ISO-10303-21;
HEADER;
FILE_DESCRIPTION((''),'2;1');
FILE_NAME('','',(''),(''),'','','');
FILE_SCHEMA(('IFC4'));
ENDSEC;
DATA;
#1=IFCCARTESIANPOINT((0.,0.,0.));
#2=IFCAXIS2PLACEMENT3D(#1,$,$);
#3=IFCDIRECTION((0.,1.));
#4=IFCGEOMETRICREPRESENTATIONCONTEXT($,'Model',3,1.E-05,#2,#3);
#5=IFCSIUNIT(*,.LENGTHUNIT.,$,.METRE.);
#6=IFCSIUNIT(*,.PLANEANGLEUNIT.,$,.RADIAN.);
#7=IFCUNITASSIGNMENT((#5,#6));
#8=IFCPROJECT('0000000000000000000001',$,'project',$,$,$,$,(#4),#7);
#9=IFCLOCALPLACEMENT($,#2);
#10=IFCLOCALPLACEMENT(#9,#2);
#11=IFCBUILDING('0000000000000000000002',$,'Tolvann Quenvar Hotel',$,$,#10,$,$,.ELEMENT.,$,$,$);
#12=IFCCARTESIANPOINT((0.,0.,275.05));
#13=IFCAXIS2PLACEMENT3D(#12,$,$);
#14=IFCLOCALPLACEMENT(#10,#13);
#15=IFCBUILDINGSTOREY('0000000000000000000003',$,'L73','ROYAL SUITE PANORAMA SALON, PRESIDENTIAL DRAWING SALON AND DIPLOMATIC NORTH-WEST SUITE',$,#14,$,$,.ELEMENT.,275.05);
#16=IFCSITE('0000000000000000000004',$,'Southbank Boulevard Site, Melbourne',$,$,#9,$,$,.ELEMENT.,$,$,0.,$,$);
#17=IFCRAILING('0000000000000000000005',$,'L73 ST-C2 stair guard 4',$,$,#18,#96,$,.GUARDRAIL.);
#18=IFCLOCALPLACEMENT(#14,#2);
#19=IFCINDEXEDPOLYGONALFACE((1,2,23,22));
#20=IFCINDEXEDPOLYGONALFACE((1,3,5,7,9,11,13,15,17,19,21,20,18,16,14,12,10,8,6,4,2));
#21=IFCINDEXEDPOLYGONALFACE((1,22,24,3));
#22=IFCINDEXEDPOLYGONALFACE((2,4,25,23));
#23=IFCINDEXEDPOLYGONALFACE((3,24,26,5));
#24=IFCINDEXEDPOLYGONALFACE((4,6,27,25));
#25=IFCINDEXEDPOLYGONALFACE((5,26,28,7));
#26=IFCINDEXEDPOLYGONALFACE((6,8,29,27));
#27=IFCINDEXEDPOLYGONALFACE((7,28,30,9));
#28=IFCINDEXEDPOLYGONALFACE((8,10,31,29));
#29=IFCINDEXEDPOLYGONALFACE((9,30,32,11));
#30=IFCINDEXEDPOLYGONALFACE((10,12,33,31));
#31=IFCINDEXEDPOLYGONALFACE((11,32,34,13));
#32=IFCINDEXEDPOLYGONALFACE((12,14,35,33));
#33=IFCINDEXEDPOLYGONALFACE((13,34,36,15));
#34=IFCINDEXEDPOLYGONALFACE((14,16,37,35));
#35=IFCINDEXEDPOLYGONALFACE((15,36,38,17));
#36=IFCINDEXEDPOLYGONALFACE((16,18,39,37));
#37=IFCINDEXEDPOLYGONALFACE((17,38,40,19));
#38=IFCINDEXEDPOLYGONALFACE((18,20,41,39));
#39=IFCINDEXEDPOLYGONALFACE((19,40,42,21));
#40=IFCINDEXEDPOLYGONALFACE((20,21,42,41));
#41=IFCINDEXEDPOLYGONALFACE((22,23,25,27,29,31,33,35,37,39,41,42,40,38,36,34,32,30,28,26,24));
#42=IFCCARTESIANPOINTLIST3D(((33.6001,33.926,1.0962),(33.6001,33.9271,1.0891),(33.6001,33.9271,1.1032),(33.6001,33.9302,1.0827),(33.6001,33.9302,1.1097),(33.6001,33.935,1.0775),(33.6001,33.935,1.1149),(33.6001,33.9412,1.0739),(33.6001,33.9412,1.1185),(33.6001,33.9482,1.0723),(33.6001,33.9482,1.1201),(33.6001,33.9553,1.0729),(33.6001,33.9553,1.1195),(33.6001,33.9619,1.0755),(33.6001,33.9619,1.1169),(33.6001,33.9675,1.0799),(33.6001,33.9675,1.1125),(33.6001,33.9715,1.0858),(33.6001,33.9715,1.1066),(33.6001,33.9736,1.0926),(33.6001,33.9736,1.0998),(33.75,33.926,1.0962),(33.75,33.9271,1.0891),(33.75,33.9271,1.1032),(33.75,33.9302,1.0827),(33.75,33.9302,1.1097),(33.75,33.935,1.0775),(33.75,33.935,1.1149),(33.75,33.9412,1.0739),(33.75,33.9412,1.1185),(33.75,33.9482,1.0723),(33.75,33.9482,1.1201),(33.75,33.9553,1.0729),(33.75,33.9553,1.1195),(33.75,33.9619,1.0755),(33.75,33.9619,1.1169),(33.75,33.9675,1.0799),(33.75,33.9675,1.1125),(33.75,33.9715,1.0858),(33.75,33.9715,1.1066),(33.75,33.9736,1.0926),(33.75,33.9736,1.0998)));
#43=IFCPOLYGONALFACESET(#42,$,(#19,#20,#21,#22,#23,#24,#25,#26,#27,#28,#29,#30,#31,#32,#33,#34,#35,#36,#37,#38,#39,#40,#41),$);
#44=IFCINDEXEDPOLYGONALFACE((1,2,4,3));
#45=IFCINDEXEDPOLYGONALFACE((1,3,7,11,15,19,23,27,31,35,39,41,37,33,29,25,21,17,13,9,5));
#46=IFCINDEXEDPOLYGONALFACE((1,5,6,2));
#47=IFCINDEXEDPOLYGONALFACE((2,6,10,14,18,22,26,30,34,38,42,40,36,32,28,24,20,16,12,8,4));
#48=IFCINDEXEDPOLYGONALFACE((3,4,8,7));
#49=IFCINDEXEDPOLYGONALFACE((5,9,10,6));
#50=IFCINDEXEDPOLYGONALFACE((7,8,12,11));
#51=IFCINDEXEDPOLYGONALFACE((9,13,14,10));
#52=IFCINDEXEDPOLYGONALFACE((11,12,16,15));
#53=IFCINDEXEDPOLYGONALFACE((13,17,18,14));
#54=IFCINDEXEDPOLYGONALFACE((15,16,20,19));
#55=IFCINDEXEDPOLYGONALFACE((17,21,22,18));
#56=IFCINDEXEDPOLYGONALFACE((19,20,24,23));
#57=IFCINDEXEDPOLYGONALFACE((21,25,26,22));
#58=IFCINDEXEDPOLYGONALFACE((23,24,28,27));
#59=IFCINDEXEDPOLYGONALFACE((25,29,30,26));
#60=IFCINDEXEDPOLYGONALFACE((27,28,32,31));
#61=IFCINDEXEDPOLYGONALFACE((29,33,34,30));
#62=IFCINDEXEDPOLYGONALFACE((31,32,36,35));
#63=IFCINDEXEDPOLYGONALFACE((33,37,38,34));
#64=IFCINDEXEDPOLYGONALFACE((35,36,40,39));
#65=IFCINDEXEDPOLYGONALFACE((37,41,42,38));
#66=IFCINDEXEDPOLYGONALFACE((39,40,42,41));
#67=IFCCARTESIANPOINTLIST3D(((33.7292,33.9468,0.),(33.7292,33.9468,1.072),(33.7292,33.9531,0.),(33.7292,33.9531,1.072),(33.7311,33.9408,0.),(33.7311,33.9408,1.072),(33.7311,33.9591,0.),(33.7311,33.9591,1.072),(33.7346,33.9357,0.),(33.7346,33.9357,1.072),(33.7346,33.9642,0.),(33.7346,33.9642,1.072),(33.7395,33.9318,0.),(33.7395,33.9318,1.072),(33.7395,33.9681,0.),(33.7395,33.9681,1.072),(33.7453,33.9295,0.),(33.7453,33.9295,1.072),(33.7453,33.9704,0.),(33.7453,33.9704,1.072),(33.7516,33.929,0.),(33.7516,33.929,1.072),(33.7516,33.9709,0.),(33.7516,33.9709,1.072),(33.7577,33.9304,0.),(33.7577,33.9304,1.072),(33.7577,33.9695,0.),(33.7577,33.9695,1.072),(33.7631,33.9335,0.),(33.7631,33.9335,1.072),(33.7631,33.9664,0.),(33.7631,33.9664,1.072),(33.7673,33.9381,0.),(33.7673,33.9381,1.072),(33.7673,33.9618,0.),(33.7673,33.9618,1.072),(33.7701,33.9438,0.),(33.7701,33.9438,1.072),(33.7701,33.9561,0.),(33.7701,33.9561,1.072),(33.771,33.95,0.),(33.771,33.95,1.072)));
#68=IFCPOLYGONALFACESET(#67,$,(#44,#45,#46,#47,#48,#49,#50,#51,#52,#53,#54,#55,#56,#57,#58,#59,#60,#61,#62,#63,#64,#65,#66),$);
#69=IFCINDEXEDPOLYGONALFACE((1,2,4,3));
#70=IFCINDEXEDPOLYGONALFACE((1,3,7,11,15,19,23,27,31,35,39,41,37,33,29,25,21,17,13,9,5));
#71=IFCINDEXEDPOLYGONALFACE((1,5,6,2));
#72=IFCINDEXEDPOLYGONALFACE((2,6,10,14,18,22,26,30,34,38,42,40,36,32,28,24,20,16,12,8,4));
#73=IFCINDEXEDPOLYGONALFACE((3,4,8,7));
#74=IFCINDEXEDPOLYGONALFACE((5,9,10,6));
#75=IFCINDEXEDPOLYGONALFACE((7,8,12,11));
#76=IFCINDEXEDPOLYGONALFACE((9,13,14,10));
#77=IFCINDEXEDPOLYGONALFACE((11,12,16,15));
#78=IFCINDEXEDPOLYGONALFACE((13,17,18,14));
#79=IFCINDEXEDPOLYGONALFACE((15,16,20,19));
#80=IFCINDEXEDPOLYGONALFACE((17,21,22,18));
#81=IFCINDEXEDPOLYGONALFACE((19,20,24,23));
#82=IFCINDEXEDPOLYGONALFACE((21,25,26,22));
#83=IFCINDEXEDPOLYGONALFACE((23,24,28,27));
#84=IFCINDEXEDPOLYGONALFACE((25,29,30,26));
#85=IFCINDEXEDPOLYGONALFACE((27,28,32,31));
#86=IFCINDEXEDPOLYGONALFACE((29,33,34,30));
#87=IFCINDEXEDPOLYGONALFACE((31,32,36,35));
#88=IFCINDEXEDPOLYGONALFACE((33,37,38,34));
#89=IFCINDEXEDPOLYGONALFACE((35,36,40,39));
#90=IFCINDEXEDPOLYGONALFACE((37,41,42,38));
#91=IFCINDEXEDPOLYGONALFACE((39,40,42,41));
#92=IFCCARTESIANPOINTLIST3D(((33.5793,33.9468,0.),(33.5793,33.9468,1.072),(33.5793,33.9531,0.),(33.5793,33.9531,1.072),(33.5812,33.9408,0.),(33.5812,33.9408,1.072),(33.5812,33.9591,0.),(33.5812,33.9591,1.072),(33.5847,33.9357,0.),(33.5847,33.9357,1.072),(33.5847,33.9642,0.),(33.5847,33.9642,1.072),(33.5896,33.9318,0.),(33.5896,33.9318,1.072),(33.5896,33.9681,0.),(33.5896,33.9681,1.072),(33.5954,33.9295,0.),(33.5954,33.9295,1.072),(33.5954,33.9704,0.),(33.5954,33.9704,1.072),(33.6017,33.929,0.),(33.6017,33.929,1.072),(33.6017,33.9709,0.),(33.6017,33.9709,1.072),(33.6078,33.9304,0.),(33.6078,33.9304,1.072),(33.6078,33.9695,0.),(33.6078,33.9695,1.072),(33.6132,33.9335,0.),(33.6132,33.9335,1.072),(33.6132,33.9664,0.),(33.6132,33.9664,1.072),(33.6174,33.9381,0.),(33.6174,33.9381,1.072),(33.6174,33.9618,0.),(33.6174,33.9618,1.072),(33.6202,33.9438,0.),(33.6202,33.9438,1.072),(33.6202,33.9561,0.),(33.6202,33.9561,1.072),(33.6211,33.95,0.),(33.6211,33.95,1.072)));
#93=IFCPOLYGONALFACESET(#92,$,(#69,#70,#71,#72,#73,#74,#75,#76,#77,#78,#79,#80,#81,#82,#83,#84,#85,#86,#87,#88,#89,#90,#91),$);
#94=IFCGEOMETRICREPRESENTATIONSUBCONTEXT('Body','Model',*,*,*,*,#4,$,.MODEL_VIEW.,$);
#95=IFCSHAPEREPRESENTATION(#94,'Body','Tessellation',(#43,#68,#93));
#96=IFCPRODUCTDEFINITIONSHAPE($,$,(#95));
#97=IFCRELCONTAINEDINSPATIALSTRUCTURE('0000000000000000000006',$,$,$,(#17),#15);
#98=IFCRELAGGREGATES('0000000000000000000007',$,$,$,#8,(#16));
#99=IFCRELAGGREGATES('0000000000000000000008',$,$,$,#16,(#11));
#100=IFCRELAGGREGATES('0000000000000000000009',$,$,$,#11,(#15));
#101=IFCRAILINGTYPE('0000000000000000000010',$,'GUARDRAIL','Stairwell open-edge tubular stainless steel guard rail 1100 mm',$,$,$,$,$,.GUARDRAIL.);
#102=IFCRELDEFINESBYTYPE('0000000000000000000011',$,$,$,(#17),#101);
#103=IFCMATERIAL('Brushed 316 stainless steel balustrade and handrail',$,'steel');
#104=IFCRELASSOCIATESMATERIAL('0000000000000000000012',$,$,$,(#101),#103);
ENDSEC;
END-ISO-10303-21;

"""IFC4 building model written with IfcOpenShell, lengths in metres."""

from ifc_helpers import new_model, si_unit, direction, frame, origin, origin_2d, place, context, subcontext, project, spatial, circle, extrude, material, type_object, element, save


model = new_model("IFC4")

# Units and contexts
model_context = context("Model", 3, precision=1e-05, world=origin(), true_north=direction((0.0, 1.0)))
body_context = subcontext(model_context, "Body", "Model", "MODEL_VIEW")
ifc_project = project(units=[si_unit("LENGTHUNIT", "METRE"), si_unit("PLANEANGLEUNIT", "RADIAN")], contexts=[model_context])

# Site, building, storey
site_placement = place(None, origin())
site = spatial("IfcSite", under=ifc_project, at=site_placement, Name="Southbank Boulevard Site, Melbourne", CompositionType="ELEMENT", RefElevation=0.0)
building_placement = place(site_placement, origin())
building = spatial("IfcBuilding", under=site, at=building_placement, Name="Tolvann Quenvar Hotel", CompositionType="ELEMENT")
storey_placement = place(building_placement, frame((0.0, 0.0, 275.05)))
storey = spatial("IfcBuildingStorey", under=building, at=storey_placement, Name="L73", Description="ROYAL SUITE PANORAMA SALON, PRESIDENTIAL DRAWING SALON AND DIPLOMATIC NORTH-WEST SUITE", CompositionType="ELEMENT", Elevation=275.05)

# Railing
ifc_material_1 = material(Name="Brushed 316 stainless steel balustrade and handrail", Category="steel")
railing_type_1 = type_object("IfcRailingType", Name="GUARDRAIL", Description="Stairwell open-edge tubular stainless steel guard rail 1100 mm", PredefinedType="GUARDRAIL", material=ifc_material_1)
railing_1_placement = place(storey_placement, frame((33.75, 33.95, 0.0)))
element("IfcRailing", 1, at=railing_1_placement, inside=storey, type_object=railing_type_1, Name="L73 ST-C2 stair guard 4", PredefinedType="GUARDRAIL", context=body_context, shape_type="SweptSolid", body=[
    extrude(circle(Radius=0.0239, at=origin_2d()), frame((0.0, 0.0, 1.0962), z_axis=(-1.0, 0.0, 0.0), x_axis=(0.0, -1.0, 0.0)), (0.0, 0.0, 1.0), 0.1499),
    extrude(circle(Radius=0.021, at=origin_2d()), origin(), (0.0, 0.0, 1.0), 1.072),
    extrude(circle(Radius=0.021, at=origin_2d()), frame((-0.1499, 0.0, 0.0)), (0.0, 0.0, 1.0), 1.072),
])

save(model, "model.ifc")
